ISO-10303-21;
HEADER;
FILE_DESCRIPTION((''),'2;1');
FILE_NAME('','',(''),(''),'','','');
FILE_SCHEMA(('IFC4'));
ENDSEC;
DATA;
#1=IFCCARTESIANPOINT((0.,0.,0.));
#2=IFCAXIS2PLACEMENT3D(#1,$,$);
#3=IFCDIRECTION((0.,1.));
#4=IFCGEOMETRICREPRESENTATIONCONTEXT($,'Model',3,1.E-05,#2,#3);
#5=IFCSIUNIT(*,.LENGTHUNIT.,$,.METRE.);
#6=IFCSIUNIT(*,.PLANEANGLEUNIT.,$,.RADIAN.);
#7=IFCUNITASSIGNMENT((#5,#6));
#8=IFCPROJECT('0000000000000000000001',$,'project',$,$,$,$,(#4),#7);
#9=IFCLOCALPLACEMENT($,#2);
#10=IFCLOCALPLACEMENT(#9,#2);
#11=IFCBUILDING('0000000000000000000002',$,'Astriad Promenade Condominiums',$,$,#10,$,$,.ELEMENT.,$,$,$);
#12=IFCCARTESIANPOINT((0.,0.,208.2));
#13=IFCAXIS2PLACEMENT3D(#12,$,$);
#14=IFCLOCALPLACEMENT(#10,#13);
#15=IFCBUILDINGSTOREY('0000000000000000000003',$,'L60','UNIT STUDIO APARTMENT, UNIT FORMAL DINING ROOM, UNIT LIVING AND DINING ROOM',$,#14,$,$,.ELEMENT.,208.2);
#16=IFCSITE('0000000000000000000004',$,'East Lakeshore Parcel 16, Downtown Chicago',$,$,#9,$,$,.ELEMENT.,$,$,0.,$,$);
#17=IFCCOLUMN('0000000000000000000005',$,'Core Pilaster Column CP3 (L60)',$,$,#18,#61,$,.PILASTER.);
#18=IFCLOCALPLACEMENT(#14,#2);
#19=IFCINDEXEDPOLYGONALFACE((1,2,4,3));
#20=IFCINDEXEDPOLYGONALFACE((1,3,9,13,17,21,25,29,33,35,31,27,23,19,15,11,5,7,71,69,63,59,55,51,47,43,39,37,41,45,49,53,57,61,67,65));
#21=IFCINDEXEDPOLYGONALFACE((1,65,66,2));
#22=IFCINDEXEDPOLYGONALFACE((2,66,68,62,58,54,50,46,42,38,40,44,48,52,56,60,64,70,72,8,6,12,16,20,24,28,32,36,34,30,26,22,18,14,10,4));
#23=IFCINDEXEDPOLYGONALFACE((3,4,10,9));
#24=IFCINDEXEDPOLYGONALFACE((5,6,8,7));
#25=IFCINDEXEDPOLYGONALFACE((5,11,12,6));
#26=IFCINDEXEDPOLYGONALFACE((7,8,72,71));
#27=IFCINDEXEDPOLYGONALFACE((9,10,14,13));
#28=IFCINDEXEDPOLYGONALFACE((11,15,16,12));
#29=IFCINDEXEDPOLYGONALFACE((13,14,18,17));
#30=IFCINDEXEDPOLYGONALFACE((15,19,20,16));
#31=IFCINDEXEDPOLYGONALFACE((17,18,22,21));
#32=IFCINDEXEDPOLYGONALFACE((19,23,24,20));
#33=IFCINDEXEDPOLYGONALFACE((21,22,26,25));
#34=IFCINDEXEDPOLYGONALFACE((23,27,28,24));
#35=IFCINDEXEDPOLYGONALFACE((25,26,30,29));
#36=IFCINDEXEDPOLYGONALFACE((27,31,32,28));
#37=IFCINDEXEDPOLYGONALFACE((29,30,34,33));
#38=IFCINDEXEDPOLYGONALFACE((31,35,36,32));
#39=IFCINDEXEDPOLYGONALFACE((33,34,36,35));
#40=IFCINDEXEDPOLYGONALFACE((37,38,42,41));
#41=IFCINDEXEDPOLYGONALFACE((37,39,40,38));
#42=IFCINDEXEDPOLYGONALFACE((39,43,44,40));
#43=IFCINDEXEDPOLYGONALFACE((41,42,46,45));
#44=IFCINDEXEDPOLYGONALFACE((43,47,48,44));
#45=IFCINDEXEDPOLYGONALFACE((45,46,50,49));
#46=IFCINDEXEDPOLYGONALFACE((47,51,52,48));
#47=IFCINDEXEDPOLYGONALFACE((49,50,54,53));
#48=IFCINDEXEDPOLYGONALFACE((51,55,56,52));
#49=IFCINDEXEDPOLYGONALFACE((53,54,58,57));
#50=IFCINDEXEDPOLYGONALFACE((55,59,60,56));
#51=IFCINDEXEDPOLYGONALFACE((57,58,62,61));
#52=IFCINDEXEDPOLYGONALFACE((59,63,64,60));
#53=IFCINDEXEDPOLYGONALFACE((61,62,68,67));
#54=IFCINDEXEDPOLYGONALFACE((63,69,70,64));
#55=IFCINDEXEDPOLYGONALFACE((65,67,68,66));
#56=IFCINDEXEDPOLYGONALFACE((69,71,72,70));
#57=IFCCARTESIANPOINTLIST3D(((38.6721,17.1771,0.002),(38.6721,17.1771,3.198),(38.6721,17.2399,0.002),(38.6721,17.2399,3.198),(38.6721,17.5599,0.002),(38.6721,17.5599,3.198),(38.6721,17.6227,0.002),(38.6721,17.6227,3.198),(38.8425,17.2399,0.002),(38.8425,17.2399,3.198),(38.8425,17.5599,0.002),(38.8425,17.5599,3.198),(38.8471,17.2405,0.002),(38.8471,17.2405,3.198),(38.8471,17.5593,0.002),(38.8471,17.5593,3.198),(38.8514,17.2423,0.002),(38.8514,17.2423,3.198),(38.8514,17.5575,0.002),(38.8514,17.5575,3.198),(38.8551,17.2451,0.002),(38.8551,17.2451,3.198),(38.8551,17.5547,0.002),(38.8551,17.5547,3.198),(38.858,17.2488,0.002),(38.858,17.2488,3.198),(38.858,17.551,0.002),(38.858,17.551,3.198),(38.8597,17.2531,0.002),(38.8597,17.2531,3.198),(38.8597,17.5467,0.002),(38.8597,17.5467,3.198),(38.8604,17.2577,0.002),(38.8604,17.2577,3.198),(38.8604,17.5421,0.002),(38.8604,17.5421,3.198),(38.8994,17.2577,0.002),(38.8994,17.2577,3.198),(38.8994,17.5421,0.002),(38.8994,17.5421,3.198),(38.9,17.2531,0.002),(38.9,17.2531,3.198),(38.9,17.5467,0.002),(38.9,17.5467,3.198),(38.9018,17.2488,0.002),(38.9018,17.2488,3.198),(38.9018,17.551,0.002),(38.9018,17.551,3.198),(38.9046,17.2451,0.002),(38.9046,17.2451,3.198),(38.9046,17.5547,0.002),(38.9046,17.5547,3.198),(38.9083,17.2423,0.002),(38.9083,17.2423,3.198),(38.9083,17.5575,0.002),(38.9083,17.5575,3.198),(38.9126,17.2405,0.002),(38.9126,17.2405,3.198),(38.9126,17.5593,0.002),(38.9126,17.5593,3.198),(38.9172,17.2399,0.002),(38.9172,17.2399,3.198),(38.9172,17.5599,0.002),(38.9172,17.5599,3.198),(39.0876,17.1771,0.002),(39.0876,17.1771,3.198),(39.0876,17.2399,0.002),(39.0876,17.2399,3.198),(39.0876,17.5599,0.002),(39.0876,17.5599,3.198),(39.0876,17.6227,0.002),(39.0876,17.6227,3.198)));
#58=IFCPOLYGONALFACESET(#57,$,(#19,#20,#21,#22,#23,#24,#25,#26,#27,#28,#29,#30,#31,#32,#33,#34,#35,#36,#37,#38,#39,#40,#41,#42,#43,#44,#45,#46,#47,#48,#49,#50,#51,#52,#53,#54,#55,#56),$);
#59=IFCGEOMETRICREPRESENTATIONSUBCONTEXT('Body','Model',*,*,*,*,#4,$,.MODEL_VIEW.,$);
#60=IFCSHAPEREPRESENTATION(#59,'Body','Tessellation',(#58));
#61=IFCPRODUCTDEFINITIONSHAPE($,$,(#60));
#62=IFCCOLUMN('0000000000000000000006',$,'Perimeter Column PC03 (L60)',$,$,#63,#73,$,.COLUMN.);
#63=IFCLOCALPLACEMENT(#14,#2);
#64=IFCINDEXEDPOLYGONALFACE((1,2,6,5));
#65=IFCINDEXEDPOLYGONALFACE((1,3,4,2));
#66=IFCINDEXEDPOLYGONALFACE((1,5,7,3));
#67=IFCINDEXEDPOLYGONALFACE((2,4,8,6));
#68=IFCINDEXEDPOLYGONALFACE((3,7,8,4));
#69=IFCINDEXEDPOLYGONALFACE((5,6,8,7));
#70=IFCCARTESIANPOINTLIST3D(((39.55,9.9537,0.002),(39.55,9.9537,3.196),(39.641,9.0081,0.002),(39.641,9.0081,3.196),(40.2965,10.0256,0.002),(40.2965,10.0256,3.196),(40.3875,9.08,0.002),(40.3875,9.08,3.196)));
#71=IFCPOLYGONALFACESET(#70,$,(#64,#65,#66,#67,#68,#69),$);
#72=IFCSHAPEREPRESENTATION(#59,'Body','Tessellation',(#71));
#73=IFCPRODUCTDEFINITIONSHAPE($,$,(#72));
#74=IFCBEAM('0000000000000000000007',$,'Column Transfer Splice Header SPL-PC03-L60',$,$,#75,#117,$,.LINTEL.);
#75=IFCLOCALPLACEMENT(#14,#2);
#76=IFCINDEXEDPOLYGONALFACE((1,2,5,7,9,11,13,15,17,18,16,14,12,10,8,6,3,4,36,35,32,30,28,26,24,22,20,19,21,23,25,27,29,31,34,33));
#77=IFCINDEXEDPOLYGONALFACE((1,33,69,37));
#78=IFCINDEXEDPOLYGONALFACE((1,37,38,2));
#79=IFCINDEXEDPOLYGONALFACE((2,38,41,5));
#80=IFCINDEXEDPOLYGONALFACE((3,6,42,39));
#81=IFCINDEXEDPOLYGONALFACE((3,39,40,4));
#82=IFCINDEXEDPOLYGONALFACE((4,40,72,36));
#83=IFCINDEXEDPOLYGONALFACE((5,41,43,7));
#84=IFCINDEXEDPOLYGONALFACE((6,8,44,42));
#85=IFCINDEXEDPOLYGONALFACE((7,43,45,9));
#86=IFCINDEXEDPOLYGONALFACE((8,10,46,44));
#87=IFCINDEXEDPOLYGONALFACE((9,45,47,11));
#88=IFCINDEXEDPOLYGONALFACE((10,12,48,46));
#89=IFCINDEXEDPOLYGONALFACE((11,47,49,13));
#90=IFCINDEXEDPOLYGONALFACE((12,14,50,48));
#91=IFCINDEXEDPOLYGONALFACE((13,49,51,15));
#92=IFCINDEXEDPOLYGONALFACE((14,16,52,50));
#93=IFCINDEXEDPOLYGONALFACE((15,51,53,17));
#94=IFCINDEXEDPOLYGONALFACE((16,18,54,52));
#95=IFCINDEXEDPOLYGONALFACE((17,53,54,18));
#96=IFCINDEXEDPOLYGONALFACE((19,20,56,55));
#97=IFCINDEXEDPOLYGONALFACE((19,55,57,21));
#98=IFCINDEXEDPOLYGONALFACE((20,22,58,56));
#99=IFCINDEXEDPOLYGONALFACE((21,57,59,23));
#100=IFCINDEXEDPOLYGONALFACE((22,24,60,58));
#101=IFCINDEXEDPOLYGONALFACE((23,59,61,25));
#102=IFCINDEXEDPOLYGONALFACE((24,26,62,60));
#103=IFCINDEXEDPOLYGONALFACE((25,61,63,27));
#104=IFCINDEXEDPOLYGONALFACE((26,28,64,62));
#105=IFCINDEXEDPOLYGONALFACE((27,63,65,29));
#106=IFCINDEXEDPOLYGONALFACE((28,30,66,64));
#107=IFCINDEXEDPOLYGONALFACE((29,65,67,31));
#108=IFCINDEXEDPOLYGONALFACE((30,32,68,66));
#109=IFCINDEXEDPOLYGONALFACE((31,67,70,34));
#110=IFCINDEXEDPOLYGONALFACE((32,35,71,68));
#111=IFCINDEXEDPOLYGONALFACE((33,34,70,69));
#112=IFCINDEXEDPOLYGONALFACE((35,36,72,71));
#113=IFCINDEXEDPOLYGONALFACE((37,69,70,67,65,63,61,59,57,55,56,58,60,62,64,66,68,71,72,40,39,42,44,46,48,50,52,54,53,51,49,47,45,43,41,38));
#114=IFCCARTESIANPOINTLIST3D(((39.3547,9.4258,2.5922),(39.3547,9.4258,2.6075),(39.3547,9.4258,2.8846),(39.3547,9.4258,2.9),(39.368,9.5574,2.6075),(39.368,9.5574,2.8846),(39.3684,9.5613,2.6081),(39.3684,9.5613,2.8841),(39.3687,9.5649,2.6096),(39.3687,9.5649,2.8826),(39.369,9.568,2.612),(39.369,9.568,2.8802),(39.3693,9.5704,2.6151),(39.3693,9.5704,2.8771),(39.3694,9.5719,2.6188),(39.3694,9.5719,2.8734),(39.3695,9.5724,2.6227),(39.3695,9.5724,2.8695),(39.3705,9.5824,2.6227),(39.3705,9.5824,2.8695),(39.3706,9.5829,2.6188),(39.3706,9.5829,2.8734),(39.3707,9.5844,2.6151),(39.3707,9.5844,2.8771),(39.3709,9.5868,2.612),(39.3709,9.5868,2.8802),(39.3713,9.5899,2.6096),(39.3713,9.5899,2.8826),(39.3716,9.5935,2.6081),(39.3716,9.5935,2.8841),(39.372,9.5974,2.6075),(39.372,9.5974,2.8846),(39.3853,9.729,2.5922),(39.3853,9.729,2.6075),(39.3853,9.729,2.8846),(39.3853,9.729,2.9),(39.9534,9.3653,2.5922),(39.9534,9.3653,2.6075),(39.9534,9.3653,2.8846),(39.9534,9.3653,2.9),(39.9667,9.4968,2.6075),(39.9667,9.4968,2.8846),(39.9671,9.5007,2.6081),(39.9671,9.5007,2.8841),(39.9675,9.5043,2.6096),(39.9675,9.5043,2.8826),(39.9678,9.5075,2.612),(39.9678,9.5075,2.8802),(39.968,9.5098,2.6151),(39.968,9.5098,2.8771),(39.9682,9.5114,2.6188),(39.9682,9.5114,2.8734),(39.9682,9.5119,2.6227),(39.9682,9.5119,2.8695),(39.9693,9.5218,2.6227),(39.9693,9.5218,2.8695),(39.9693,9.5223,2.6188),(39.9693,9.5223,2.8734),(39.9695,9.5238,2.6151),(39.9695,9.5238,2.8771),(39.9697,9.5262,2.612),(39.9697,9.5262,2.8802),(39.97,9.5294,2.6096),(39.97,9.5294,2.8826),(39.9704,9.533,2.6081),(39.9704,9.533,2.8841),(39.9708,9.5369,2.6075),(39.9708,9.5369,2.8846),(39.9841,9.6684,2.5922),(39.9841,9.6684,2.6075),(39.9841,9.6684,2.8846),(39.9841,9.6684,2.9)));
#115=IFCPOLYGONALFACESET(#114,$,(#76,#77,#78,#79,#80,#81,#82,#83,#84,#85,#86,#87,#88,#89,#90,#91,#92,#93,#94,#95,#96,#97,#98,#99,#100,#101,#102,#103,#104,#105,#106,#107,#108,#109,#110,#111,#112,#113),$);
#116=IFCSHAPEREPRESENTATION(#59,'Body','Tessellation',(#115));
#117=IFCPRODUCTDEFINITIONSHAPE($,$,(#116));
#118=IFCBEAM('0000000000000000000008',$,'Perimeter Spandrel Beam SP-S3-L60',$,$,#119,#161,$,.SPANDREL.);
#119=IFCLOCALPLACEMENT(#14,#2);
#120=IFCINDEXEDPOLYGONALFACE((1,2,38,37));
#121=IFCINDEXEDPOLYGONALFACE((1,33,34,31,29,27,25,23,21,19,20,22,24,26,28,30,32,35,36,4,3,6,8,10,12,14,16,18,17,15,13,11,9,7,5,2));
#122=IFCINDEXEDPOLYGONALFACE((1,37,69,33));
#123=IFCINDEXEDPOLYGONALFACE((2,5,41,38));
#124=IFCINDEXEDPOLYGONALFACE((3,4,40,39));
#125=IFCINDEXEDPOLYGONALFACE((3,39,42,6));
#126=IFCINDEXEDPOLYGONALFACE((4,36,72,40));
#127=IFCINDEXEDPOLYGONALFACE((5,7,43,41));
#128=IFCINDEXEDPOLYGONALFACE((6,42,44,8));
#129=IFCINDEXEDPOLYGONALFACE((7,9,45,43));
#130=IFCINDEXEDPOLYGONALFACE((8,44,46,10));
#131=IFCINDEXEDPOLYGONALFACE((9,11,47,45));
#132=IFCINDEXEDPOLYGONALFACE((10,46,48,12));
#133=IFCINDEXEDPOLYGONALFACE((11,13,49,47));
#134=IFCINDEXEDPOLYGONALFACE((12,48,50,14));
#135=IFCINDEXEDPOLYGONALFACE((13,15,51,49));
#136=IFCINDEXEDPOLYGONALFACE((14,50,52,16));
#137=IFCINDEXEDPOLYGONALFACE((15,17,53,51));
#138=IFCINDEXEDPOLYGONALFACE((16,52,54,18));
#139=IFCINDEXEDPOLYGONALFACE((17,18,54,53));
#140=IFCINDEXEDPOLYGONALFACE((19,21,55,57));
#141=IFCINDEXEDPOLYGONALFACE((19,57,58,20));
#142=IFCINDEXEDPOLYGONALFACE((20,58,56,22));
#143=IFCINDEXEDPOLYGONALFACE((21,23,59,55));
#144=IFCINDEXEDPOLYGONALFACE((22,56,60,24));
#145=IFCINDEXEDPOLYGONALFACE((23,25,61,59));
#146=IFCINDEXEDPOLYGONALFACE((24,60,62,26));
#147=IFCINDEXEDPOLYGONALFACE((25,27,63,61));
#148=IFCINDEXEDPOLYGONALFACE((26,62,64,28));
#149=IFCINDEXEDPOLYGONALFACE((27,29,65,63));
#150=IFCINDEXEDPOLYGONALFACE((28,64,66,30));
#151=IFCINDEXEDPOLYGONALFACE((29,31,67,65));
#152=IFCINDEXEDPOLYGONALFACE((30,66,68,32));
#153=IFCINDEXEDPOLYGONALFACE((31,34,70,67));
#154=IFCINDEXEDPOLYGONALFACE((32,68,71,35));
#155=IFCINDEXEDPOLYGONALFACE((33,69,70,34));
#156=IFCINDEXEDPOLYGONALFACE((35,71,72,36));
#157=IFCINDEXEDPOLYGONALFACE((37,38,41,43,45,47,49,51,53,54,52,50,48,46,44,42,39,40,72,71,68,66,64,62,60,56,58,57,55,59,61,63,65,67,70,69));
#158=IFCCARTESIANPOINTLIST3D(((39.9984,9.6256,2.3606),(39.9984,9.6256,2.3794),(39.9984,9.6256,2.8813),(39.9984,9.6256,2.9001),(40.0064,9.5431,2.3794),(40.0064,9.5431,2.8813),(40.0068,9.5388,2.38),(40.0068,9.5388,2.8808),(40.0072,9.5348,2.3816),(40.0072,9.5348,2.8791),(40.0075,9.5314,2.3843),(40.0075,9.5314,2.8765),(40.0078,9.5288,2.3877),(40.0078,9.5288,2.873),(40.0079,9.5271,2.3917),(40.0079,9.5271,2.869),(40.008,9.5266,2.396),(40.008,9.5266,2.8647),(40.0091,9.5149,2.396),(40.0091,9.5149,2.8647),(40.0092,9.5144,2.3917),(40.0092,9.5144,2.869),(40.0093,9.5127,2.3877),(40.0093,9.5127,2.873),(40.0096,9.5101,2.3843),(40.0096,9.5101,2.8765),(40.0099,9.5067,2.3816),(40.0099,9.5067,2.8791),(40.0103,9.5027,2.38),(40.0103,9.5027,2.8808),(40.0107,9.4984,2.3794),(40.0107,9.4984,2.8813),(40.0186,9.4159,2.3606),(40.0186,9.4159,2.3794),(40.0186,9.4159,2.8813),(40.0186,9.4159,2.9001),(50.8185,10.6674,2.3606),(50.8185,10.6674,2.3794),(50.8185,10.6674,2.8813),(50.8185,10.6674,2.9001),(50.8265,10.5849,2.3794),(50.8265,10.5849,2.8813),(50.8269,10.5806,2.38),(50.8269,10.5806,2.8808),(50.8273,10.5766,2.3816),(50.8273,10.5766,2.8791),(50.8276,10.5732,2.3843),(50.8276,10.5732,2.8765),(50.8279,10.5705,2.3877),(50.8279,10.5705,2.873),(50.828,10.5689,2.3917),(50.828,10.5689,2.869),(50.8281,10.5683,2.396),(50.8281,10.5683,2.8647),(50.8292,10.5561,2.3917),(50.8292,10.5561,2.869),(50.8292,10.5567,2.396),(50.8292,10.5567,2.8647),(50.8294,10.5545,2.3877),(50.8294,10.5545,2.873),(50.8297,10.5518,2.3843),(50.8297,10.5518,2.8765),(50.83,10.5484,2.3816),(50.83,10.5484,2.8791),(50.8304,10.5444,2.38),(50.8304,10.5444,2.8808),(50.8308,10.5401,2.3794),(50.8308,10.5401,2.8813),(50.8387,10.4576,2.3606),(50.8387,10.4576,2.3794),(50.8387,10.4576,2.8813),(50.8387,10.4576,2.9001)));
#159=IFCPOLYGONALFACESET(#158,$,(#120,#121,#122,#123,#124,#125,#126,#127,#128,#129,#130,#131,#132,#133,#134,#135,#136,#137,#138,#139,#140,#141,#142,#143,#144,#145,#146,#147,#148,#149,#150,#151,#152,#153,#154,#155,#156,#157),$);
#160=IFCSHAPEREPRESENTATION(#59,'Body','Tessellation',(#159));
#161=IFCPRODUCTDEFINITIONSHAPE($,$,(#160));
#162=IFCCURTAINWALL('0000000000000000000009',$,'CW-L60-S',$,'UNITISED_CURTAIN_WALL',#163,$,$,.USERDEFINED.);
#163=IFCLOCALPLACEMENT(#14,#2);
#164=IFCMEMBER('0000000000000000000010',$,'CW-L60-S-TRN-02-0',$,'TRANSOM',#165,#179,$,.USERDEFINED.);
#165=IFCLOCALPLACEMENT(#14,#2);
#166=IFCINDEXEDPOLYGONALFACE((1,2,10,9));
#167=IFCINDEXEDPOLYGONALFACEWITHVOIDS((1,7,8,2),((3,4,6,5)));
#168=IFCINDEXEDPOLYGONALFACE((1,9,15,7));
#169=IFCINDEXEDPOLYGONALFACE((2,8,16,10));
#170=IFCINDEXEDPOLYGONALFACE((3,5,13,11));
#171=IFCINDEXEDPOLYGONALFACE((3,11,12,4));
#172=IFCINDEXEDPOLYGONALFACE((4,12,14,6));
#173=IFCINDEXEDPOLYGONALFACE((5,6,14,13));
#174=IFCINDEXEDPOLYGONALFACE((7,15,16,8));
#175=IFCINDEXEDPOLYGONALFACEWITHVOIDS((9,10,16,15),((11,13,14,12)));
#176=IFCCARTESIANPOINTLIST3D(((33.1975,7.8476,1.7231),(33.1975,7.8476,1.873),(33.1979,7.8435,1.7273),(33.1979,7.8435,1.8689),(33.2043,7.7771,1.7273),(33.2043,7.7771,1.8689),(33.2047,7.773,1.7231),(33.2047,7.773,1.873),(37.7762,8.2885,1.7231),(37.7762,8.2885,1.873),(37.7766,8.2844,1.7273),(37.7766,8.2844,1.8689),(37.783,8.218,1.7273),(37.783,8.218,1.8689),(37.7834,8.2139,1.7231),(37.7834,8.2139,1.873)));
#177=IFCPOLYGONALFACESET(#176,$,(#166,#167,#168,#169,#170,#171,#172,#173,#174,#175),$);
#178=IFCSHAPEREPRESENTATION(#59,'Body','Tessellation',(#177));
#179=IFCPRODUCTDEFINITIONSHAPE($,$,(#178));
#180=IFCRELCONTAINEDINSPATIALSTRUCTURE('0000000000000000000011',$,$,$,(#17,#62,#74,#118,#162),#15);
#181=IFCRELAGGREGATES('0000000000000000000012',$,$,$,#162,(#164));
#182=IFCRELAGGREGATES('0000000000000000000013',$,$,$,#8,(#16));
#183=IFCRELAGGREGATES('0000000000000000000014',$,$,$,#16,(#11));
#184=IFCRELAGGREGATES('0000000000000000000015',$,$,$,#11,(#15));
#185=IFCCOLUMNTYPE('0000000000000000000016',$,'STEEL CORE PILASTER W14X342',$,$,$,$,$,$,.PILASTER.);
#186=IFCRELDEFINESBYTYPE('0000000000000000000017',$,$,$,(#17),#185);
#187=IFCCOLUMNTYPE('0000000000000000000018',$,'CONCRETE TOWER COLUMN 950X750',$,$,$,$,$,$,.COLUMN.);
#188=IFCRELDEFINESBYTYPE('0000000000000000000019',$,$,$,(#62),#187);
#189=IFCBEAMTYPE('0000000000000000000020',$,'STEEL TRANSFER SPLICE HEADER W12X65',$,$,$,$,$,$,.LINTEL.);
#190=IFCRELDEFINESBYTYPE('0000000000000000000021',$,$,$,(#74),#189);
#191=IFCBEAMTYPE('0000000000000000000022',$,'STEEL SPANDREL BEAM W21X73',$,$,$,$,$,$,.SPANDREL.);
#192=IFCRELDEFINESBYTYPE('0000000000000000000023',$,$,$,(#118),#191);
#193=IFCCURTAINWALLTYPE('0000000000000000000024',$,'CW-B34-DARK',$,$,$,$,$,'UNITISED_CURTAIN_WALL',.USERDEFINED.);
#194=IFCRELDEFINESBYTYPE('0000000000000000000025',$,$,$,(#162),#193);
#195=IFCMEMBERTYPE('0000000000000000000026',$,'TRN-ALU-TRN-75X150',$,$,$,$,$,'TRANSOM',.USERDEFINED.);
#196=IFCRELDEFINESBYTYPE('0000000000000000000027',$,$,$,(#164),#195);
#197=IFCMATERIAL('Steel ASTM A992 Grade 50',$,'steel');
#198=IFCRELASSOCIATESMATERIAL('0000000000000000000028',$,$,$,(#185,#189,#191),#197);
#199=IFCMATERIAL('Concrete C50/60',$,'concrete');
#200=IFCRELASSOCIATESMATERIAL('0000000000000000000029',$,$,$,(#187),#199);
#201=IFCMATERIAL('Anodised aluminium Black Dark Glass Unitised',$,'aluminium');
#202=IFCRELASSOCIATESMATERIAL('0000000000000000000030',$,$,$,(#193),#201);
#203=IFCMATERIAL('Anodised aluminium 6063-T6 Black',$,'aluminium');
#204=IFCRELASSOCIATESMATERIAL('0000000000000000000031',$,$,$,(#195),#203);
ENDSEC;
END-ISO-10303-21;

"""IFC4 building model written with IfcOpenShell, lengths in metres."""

from ifc_helpers import new_model, si_unit, direction, frame, origin, origin_2d, place, context, subcontext, project, spatial, rectangle, hollow_rectangle, i_section, extrude, source, transform, mapped, material, material_profile, profile_set, type_object, type_shapes, element, aggregate, save


model = new_model("IFC4")

# Units and contexts
model_context = context("Model", 3, precision=1e-05, world=origin(), true_north=direction((0.0, 1.0)))
body_context = subcontext(model_context, "Body", "Model", "MODEL_VIEW")
ifc_project = project(units=[si_unit("LENGTHUNIT", "METRE"), si_unit("PLANEANGLEUNIT", "RADIAN")], contexts=[model_context])

# Site, building, storey
site_placement = place(None, origin())
site = spatial("IfcSite", under=ifc_project, at=site_placement, Name="East Lakeshore Parcel 16, Downtown Chicago", CompositionType="ELEMENT", RefElevation=0.0)
building_placement = place(site_placement, origin())
building = spatial("IfcBuilding", under=site, at=building_placement, Name="Astriad Promenade Condominiums", CompositionType="ELEMENT")
storey_placement = place(building_placement, frame((0.0, 0.0, 208.2)))
storey = spatial("IfcBuildingStorey", under=building, at=storey_placement, Name="L60", Description="UNIT STUDIO APARTMENT, UNIT FORMAL DINING ROOM, UNIT LIVING AND DINING ROOM", CompositionType="ELEMENT", Elevation=208.2)

# Columns
ifc_material_1 = material(Name="Steel ASTM A992 Grade 50", Category="steel")
ifc_material_profile_1 = material_profile(ifc_material_1, i_section(OverallWidth=0.4155, OverallDepth=0.4456, WebThickness=0.0391, FlangeThickness=0.0627, FilletRadius=0.0178, at=origin_2d()), Name="W14X342")
ifc_profile_set_1 = profile_set([ifc_material_profile_1], Name="Steel ASTM A992 Grade 50")
column_type_1 = type_object("IfcColumnType", Name="STEEL CORE PILASTER W14X342", PredefinedType="PILASTER", material=ifc_profile_set_1)
shared_shape_1 = source(origin(), body_context, "Body", "SweptSolid", [
    extrude(i_section(OverallWidth=0.4155, OverallDepth=0.4456, WebThickness=0.0391, FlangeThickness=0.0627, FilletRadius=0.0178, at=origin_2d()), origin(), (0.0, 0.0, 1.0), 3.196),
])
type_shapes(column_type_1, [shared_shape_1])
column_1_placement = place(storey_placement, frame((38.8799, 17.3999, 0.002), z_axis=(0.0, 0.0, 1.0), x_axis=(1.0, 0.0, 0.0)))
element("IfcColumn", 1, at=column_1_placement, inside=storey, type_object=column_type_1, Name="Core Pilaster Column CP3 (L60)", PredefinedType="PILASTER", context=body_context, shape_type="MappedRepresentation", body=[
    mapped(shared_shape_1, transform((0.0, 0.0, 0.0), scale=1.0)),
])
ifc_material_2 = material(Name="Concrete C50/60", Category="concrete")
ifc_material_profile_2 = material_profile(ifc_material_2, rectangle(XDim=0.75, YDim=0.95, at=origin_2d()), Name="RC-COL-950X750")
ifc_profile_set_2 = profile_set([ifc_material_profile_2], Name="Concrete C50/60")
column_type_2 = type_object("IfcColumnType", Name="CONCRETE TOWER COLUMN 950X750", PredefinedType="COLUMN", material=ifc_profile_set_2)
shared_shape_2 = source(origin(), body_context, "Body", "SweptSolid", [
    extrude(rectangle(XDim=0.75, YDim=0.95, at=origin_2d()), origin(), (0.0, 0.0, 1.0), 3.1941),
])
type_shapes(column_type_2, [shared_shape_2])
column_2_placement = place(storey_placement, frame((39.9688, 9.5168, 0.002), z_axis=(0.0, 0.0, 1.0), x_axis=(0.995396, 0.095846, 0.0)))
element("IfcColumn", 2, at=column_2_placement, inside=storey, type_object=column_type_2, Name="Perimeter Column PC03 (L60)", PredefinedType="COLUMN", context=body_context, shape_type="MappedRepresentation", body=[
    mapped(shared_shape_2, transform((0.0, 0.0, 0.0), scale=1.0)),
])

# Beams
ifc_material_profile_3 = material_profile(ifc_material_1, i_section(OverallWidth=0.3047, OverallDepth=0.3079, WebThickness=0.01, FlangeThickness=0.0154, FilletRadius=0.0151, at=origin_2d()), Name="W12X65")
ifc_profile_set_3 = profile_set([ifc_material_profile_3], Name="Steel ASTM A992 Grade 50")
beam_type_1 = type_object("IfcBeamType", Name="STEEL TRANSFER SPLICE HEADER W12X65", PredefinedType="LINTEL", material=ifc_profile_set_3)
shared_shape_3 = source(origin(), body_context, "Body", "SweptSolid", [
    extrude(i_section(OverallWidth=0.3047, OverallDepth=0.3079, WebThickness=0.01, FlangeThickness=0.0154, FilletRadius=0.0151, at=origin_2d()), origin(), (0.0, 0.0, 1.0), 0.6018),
])
type_shapes(beam_type_1, [shared_shape_3])
beam_1_placement = place(storey_placement, frame((39.9688, 9.5168, 2.7461), z_axis=(-0.994924, 0.100629, 0.0), x_axis=(-0.100629, -0.994924, 0.0)))
element("IfcBeam", 3, at=beam_1_placement, inside=storey, type_object=beam_type_1, Name="Column Transfer Splice Header SPL-PC03-L60", PredefinedType="LINTEL", context=body_context, shape_type="MappedRepresentation", body=[
    mapped(shared_shape_3, transform((0.0, 0.0, 0.0), scale=1.0)),
])
ifc_material_profile_4 = material_profile(ifc_material_1, i_section(OverallWidth=0.2107, OverallDepth=0.5396, WebThickness=0.0117, FlangeThickness=0.0188, FilletRadius=0.0166, at=origin_2d()), Name="W21X73")
ifc_profile_set_4 = profile_set([ifc_material_profile_4], Name="Steel ASTM A992 Grade 50")
beam_type_2 = type_object("IfcBeamType", Name="STEEL SPANDREL BEAM W21X73", PredefinedType="SPANDREL", material=ifc_profile_set_4)
shared_shape_4 = source(origin(), body_context, "Body", "SweptSolid", [
    extrude(i_section(OverallWidth=0.2107, OverallDepth=0.5396, WebThickness=0.0117, FlangeThickness=0.0188, FilletRadius=0.0166, at=origin_2d()), origin(), (0.0, 0.0, 1.0), 10.8701),
])
type_shapes(beam_type_2, [shared_shape_4])
beam_2_placement = place(storey_placement, frame((40.0085, 9.5208, 2.6304), z_axis=(0.995397, 0.095836, 0.0), x_axis=(-0.095836, 0.995397, 0.0)))
element("IfcBeam", 4, at=beam_2_placement, inside=storey, type_object=beam_type_2, Name="Perimeter Spandrel Beam SP-S3-L60", PredefinedType="SPANDREL", context=body_context, shape_type="MappedRepresentation", body=[
    mapped(shared_shape_4, transform((0.0, 0.0, 0.0), scale=1.0)),
])

# Curtain wall, member
ifc_material_3 = material(Name="Anodised aluminium Black Dark Glass Unitised", Category="aluminium")
curtain_wall_type = type_object("IfcCurtainWallType", Name="CW-B34-DARK", ElementType="UNITISED_CURTAIN_WALL", PredefinedType="USERDEFINED", material=ifc_material_3)
curtain_wall_placement = place(storey_placement, origin())
curtain_wall = element("IfcCurtainWall", 5, at=curtain_wall_placement, inside=storey, type_object=curtain_wall_type, Name="CW-L60-S", ObjectType="UNITISED_CURTAIN_WALL", PredefinedType="USERDEFINED")
ifc_material_4 = material(Name="Anodised aluminium 6063-T6 Black", Category="aluminium")
ifc_material_profile_5 = material_profile(ifc_material_4, hollow_rectangle(XDim=0.075, YDim=0.1499, WallThickness=0.0042, at=origin_2d()), Name="ALU-TRN-75X150")
ifc_profile_set_5 = profile_set([ifc_material_profile_5], Name="Anodised aluminium 6063-T6 Black")
member_type_1 = type_object("IfcMemberType", Name="TRN-ALU-TRN-75X150", ElementType="TRANSOM", PredefinedType="USERDEFINED", material=ifc_profile_set_5)
shared_shape_5 = source(origin(), body_context, "Body", "SweptSolid", [
    extrude(hollow_rectangle(XDim=0.075, YDim=0.1499, WallThickness=0.0042, at=origin_2d()), origin(), (0.0, 0.0, 1.0), 4.5999),
])
type_shapes(member_type_1, [shared_shape_5])
member_1_placement = place(storey_placement, frame((37.7798, 8.2512, 1.7981), z_axis=(-0.995395, -0.095856, 0.0), x_axis=(0.095856, -0.995395, 0.0)))
member_1 = element("IfcMember", 6, at=member_1_placement, type_object=member_type_1, Name="CW-L60-S-TRN-02-0", ObjectType="TRANSOM", PredefinedType="USERDEFINED", context=body_context, shape_type="MappedRepresentation", body=[
    mapped(shared_shape_5, transform((0.0, 0.0, 0.0), scale=1.0)),
])
aggregate(curtain_wall, [member_1])

save(model, "model.ifc")
